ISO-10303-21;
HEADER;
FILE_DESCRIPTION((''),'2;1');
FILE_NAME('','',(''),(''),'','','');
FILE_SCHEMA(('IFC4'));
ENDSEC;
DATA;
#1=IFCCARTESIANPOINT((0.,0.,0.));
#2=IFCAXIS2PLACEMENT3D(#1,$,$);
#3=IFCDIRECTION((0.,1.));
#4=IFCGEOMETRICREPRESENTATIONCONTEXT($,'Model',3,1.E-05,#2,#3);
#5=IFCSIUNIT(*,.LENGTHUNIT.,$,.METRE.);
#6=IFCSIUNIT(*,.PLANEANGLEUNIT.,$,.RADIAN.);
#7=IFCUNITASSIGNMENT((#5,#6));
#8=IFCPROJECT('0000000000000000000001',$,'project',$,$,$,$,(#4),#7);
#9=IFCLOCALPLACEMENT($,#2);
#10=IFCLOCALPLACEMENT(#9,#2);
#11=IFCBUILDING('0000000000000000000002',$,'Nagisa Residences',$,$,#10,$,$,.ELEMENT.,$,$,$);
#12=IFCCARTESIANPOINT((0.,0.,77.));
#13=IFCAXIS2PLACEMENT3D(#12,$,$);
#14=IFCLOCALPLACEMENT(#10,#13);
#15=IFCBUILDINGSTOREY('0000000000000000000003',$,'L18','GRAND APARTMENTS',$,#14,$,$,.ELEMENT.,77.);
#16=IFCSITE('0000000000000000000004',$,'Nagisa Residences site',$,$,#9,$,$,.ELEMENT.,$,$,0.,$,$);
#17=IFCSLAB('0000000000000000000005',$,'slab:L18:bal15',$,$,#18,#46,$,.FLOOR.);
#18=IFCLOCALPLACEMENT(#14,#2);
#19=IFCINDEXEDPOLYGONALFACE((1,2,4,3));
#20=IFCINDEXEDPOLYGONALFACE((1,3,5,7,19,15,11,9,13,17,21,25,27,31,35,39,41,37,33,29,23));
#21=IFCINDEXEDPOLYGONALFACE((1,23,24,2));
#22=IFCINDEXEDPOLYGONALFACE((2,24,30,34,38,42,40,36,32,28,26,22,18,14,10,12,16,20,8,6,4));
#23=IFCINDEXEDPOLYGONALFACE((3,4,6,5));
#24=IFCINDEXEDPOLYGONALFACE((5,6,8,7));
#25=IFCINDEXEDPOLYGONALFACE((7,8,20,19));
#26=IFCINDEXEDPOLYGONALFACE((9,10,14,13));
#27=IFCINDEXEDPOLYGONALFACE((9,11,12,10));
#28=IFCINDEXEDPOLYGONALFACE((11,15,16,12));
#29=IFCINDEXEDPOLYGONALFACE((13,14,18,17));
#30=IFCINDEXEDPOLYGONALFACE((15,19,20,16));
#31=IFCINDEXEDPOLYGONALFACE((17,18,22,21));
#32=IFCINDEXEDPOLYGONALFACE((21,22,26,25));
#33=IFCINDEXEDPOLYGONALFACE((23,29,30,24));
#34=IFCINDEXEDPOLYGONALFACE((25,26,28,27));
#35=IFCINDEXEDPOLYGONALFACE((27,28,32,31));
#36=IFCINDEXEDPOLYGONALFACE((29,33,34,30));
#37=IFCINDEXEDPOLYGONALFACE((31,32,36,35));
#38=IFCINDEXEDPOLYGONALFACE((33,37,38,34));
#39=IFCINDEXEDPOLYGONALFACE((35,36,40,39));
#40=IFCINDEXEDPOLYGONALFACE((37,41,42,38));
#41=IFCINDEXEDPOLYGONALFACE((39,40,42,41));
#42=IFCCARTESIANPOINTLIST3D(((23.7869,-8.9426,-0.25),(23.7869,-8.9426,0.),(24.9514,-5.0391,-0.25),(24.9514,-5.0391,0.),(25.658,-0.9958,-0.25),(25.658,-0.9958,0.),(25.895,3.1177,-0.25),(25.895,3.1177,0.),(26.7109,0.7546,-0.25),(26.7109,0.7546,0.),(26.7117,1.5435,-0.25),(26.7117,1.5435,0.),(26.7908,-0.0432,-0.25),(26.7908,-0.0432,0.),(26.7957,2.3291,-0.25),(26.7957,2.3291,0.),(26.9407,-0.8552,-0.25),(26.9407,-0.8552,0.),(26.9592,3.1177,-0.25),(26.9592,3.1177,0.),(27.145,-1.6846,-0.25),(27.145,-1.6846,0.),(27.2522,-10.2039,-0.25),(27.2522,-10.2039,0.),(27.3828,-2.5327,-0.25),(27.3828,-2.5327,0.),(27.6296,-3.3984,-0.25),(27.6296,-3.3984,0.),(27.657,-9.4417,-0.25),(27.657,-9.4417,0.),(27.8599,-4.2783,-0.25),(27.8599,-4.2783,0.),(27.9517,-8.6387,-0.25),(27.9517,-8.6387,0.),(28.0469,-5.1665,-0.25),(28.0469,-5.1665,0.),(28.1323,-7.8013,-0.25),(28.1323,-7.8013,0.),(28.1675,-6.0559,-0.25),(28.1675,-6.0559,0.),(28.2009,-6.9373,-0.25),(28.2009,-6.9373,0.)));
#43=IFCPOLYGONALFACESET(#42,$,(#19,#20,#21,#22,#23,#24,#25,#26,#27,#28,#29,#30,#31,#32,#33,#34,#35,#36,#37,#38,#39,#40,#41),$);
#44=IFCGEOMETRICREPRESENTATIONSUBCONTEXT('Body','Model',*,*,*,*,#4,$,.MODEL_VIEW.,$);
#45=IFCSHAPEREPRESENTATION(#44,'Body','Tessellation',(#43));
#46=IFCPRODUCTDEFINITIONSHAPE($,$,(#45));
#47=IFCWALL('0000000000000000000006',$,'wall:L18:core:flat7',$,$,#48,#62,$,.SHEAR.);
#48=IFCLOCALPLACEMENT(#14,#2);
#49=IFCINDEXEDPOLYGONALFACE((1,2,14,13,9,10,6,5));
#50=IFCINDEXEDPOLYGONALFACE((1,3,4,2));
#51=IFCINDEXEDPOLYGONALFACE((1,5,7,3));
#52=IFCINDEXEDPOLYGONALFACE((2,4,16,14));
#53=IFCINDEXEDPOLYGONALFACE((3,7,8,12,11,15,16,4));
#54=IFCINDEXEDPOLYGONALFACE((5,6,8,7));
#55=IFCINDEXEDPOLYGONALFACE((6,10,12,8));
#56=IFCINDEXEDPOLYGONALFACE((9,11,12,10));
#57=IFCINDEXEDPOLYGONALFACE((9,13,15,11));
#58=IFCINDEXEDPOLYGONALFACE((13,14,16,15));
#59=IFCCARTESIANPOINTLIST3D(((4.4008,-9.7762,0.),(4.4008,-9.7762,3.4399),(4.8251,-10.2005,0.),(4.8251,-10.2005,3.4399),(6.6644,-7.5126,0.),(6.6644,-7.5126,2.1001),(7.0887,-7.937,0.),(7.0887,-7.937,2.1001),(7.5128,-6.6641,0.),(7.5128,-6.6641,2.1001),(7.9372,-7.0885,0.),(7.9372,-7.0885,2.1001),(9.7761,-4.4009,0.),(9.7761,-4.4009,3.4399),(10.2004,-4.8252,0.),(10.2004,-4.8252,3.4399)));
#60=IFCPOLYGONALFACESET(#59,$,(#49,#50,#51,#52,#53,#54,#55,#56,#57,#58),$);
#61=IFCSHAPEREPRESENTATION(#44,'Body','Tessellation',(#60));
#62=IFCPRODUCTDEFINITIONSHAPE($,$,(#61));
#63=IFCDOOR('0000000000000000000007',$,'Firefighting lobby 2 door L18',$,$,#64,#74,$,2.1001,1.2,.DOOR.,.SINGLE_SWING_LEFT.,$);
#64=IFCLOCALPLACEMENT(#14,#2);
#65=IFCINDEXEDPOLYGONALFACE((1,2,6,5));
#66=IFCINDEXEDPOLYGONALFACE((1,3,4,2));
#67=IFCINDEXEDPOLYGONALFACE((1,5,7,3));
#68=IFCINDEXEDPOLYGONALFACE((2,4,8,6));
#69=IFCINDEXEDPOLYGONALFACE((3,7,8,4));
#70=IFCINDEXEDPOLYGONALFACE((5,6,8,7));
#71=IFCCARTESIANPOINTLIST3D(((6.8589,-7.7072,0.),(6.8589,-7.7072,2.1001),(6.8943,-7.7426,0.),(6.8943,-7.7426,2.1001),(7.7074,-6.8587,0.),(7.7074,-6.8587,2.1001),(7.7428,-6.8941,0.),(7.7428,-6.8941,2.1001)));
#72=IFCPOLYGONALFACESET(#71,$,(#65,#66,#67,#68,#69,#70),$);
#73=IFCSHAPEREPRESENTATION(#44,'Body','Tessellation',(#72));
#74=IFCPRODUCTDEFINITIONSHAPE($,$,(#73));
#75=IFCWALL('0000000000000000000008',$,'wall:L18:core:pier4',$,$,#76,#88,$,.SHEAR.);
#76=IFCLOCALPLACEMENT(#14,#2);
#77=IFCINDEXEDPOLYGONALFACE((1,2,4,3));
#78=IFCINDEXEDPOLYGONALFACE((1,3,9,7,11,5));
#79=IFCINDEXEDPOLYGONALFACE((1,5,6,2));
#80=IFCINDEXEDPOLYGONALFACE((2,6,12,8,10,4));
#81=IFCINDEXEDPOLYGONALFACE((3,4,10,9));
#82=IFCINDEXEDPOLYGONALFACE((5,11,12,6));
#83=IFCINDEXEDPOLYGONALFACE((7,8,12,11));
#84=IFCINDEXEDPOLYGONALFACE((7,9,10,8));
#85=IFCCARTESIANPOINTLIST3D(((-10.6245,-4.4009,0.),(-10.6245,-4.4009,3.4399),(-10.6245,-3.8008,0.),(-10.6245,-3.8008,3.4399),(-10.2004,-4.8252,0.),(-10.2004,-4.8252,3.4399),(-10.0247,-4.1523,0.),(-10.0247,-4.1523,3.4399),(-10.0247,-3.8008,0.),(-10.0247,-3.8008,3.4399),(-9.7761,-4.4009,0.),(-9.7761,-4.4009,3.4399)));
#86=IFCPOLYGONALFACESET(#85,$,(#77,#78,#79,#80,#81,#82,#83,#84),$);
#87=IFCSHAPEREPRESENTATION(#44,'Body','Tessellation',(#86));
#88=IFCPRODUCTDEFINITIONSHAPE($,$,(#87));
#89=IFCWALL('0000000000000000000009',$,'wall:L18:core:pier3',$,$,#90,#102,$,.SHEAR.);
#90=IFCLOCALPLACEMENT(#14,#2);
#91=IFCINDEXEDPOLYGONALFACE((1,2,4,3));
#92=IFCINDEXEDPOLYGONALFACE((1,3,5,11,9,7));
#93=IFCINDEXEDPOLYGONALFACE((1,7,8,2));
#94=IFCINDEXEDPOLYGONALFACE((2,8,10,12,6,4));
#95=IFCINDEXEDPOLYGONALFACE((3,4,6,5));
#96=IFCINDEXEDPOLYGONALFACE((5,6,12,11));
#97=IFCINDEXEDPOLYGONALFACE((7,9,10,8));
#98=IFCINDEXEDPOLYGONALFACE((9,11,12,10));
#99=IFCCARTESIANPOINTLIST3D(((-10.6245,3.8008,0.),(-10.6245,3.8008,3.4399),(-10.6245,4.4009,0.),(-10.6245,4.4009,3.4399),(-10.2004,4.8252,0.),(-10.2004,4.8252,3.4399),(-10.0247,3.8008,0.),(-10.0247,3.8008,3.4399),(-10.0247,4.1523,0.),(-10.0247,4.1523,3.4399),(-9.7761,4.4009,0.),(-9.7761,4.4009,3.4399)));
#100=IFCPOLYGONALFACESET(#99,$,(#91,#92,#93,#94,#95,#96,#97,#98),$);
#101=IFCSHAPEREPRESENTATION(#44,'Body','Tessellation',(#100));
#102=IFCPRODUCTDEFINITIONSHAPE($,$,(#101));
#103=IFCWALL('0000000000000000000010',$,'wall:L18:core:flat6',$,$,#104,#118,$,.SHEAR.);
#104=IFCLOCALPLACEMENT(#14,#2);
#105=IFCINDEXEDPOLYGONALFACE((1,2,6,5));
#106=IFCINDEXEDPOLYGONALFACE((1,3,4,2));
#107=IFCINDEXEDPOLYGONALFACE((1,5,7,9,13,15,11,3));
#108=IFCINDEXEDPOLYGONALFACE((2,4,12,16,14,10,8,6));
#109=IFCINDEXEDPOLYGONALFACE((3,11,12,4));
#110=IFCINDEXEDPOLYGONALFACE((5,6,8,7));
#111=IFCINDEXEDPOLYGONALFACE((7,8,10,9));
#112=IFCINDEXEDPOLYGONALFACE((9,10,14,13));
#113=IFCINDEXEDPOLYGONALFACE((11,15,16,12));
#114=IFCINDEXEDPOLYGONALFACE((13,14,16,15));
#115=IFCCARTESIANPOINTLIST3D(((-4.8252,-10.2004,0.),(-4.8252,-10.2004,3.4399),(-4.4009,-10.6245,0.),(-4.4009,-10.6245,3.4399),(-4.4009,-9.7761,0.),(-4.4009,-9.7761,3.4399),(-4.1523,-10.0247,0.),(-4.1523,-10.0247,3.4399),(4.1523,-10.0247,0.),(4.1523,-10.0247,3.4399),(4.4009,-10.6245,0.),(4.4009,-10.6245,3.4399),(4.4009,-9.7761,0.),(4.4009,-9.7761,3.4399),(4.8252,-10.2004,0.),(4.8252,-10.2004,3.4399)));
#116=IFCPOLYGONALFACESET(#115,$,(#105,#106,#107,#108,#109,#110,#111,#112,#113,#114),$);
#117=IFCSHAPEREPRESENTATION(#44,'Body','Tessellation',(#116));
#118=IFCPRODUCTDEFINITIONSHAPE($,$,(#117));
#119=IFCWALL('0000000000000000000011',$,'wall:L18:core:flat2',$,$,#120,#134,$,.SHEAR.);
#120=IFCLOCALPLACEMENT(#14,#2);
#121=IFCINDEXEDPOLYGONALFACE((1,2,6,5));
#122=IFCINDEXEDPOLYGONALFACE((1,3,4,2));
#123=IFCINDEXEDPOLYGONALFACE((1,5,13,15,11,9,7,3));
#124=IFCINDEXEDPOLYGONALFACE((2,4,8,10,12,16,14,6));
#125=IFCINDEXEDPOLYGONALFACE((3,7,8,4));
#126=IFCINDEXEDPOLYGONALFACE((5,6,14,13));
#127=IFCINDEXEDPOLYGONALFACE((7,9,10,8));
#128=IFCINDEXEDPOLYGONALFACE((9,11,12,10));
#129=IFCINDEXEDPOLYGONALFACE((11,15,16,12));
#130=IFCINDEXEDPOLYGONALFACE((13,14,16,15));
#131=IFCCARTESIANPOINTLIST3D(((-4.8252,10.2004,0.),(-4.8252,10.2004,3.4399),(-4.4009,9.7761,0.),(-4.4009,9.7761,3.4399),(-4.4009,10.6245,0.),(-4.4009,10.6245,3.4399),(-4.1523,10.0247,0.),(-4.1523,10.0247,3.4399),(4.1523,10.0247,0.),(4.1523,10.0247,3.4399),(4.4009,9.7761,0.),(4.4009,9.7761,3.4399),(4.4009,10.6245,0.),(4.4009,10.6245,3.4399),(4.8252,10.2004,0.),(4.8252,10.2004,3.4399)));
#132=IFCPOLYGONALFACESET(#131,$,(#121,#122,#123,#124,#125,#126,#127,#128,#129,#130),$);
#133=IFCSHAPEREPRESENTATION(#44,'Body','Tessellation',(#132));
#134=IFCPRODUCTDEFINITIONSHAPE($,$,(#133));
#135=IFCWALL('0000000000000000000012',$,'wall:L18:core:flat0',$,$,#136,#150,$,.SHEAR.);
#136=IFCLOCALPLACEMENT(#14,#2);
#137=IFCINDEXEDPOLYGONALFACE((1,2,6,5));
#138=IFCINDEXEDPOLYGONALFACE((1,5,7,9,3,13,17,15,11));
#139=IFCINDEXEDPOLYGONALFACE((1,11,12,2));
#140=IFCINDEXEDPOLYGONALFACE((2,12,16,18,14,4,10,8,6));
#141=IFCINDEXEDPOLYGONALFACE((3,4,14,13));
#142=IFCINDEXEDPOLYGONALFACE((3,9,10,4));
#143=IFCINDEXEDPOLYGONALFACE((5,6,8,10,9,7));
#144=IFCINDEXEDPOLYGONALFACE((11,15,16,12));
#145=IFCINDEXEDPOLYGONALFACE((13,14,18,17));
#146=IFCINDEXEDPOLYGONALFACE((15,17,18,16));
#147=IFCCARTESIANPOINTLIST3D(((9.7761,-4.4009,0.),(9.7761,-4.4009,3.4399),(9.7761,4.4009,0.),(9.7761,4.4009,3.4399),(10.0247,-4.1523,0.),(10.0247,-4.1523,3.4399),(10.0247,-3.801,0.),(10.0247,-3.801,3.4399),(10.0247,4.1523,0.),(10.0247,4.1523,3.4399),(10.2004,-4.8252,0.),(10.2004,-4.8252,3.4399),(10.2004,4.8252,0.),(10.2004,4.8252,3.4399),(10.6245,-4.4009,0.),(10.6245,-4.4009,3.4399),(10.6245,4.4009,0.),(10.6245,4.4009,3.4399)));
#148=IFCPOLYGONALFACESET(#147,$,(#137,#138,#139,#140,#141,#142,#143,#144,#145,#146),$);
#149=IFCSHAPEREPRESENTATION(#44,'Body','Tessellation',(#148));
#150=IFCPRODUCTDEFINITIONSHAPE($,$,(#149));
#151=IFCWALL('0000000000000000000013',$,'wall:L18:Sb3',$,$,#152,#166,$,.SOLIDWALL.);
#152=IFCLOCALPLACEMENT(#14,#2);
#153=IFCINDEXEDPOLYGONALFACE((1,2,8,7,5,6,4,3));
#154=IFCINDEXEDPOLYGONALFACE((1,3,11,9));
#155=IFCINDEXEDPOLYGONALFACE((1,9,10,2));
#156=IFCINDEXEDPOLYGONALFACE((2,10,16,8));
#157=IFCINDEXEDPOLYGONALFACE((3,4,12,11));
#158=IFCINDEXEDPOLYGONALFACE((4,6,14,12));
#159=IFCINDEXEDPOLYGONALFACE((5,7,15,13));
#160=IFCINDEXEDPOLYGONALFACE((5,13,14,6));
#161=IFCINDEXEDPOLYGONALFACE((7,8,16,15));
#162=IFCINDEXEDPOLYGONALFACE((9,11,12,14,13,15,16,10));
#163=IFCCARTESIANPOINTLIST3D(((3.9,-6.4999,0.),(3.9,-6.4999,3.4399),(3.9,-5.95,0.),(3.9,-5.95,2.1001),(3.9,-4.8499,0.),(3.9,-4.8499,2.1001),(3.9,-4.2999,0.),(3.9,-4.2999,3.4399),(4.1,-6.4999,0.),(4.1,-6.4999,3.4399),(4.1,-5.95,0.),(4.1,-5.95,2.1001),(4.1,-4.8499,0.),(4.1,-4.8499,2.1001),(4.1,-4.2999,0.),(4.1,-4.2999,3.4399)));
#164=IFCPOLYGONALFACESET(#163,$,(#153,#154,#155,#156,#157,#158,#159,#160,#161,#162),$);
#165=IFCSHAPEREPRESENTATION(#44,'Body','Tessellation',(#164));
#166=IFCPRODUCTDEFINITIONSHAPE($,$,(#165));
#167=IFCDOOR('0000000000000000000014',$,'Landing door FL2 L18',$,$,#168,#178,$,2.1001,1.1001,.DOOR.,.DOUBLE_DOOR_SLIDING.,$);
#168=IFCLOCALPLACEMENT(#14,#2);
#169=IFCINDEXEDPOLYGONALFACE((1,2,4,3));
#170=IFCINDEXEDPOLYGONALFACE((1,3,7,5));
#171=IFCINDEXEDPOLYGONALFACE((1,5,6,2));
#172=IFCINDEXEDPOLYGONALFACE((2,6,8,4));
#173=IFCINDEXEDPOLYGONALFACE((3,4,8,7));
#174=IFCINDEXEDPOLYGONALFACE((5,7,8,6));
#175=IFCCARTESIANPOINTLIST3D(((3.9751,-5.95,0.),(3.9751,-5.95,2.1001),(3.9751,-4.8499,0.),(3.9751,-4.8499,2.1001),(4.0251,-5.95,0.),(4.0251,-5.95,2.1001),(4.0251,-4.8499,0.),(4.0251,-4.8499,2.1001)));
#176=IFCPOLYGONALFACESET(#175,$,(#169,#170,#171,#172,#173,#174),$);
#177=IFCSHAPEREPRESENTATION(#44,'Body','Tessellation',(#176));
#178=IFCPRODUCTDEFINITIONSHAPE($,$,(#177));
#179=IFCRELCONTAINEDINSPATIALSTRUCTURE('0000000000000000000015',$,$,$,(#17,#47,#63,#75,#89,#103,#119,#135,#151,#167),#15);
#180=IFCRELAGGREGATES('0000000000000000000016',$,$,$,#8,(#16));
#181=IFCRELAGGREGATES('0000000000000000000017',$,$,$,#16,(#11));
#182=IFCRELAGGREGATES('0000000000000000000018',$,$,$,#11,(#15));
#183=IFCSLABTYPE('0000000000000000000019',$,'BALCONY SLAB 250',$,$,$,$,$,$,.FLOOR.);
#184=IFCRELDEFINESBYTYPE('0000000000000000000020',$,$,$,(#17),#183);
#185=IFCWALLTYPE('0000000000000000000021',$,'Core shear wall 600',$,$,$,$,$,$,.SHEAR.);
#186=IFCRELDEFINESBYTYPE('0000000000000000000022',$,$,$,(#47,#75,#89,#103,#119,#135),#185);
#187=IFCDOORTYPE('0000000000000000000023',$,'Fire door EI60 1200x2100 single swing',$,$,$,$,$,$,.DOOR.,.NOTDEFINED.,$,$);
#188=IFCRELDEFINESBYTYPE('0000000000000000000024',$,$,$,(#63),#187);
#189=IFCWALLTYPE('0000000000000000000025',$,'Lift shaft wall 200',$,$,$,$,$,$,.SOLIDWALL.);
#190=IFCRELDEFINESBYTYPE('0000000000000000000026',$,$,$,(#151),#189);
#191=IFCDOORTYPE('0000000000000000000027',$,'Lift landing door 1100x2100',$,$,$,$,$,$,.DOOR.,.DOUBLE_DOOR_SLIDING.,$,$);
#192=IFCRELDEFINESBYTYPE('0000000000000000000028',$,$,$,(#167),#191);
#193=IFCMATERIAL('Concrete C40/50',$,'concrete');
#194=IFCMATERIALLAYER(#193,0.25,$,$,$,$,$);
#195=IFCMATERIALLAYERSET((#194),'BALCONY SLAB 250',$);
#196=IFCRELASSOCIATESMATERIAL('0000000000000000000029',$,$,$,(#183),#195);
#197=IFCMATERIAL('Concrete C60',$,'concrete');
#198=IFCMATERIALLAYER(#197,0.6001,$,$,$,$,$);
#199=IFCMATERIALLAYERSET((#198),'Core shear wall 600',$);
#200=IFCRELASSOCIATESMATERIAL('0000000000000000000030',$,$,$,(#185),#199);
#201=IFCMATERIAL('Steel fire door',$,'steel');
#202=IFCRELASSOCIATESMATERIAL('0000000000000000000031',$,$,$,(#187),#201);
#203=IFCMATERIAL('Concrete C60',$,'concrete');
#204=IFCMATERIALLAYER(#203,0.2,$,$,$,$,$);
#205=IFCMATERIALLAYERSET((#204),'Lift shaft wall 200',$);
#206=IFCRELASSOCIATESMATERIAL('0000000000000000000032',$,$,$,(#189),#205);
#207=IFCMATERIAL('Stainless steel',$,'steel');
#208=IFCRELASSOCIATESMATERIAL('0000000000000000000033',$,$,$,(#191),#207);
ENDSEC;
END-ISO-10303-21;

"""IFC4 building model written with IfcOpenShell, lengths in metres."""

from ifc_helpers import new_model, si_unit, direction, frame, frame_2d, origin, place, context, subcontext, project, spatial, polyline, rectangle, outline, extrude, material, layer, layer_set, type_object, element, fill, save


model = new_model("IFC4")

# Units and contexts
model_context = context("Model", 3, precision=1e-05, world=origin(), true_north=direction((0.0, 1.0)))
body_context = subcontext(model_context, "Body", "Model", "MODEL_VIEW")
ifc_project = project(units=[si_unit("LENGTHUNIT", "METRE"), si_unit("PLANEANGLEUNIT", "RADIAN")], contexts=[model_context])

# Site, building, storey
site_placement = place(None, origin())
site = spatial("IfcSite", under=ifc_project, at=site_placement, Name="Nagisa Residences site", CompositionType="ELEMENT", RefElevation=0.0)
building_placement = place(site_placement, origin())
building = spatial("IfcBuilding", under=site, at=building_placement, Name="Nagisa Residences", CompositionType="ELEMENT")
storey_placement = place(building_placement, frame((0.0, 0.0, 77.0)))
storey = spatial("IfcBuildingStorey", under=building, at=storey_placement, Name="L18", Description="GRAND APARTMENTS", CompositionType="ELEMENT", Elevation=77.0)

# Slab
ifc_material_1 = material(Name="Concrete C40/50", Category="concrete")
ifc_layer_1 = layer(ifc_material_1, 0.25)
ifc_layer_set_1 = layer_set([ifc_layer_1], Name="BALCONY SLAB 250")
slab_type = type_object("IfcSlabType", Name="BALCONY SLAB 250", PredefinedType="FLOOR", material=ifc_layer_set_1)
slab_1_placement = place(storey_placement, frame((0.0, 0.0, -0.25)))
element("IfcSlab", 1, at=slab_1_placement, inside=storey, type_object=slab_type, Name="slab:L18:bal15", PredefinedType="FLOOR", context=body_context, shape_type="SweptSolid", body=[
    extrude(outline(polyline([(27.2522, -10.2039), (27.657, -9.4417), (27.9517, -8.6387), (28.1323, -7.8013), (28.2009, -6.9373), (28.1675, -6.0559), (28.0469, -5.1665), (27.8599, -4.2783), (27.6296, -3.3984), (27.3828, -2.5327), (27.145, -1.6846), (26.9407, -0.8552), (26.7908, -0.0432), (26.7109, 0.7546), (26.7117, 1.5435), (26.7957, 2.3291), (26.9592, 3.1177), (25.895, 3.1177), (25.658, -0.9958), (24.9514, -5.0391), (23.7869, -8.9426), (27.2522, -10.2039)])), origin(), (0.0, 0.0, 1.0), 0.25),
])

# Wall, opening, door
ifc_material_2 = material(Name="Concrete C60", Category="concrete")
ifc_layer_2 = layer(ifc_material_2, 0.6001)
ifc_layer_set_2 = layer_set([ifc_layer_2], Name="Core shear wall 600")
wall_type_1 = type_object("IfcWallType", Name="Core shear wall 600", PredefinedType="SHEAR", material=ifc_layer_set_2)
wall_1_placement = place(storey_placement, frame((4.613, -9.9883, 0.0), z_axis=(0.0, 0.0, 1.0), x_axis=(0.707107, 0.707107, 0.0)))
wall_1 = element("IfcWall", 2, at=wall_1_placement, inside=storey, type_object=wall_type_1, Name="wall:L18:core:flat7", PredefinedType="SHEAR", context=body_context, shape_type="SweptSolid", body=[
    extrude(rectangle(XDim=7.6018, YDim=0.6001, at=frame_2d((3.8008, 0.0))), origin(), (0.0, 0.0, 1.0), 3.4399),
])
opening_1_placement = place(wall_1_placement, frame((3.2009, 0.0, 0.0)))
opening_1 = element("IfcOpeningElement", 3, at=opening_1_placement, cuts=wall_1, PredefinedType="OPENING", context=body_context, shape_type="SweptSolid", body=[
    extrude(rectangle(XDim=1.2, YDim=2.1001, at=frame_2d((0.6001, 1.05))), frame((0.0, 0.3101, 0.0), z_axis=(0.0, -1.0, 0.0), x_axis=(1.0, 0.0, 0.0)), (0.0, 0.0, 1.0), 0.6201),
])
ifc_material_3 = material(Name="Steel fire door", Category="steel")
door_type_1 = type_object("IfcDoorType", Name="Fire door EI60 1200x2100 single swing", OperationType="NOTDEFINED", PredefinedType="DOOR", material=ifc_material_3)
door_1_placement = place(opening_1_placement, origin())
door_1 = element("IfcDoor", 4, at=door_1_placement, inside=storey, type_object=door_type_1, Name="Firefighting lobby 2 door L18", OperationType="SINGLE_SWING_LEFT", OverallHeight=2.1001, OverallWidth=1.2, PredefinedType="DOOR", context=body_context, shape_type="SweptSolid", body=[
    extrude(rectangle(XDim=1.2, YDim=2.1001, at=frame_2d((0.6001, 1.05))), frame((0.0, 0.0249, 0.0), z_axis=(0.0, -1.0, 0.0), x_axis=(1.0, 0.0, 0.0)), (0.0, 0.0, 1.0), 0.05),
])
fill(opening_1, door_1)

# Walls
wall_2_placement = place(storey_placement, origin())
element("IfcWall", 5, at=wall_2_placement, inside=storey, type_object=wall_type_1, Name="wall:L18:core:pier4", PredefinedType="SHEAR", context=body_context, shape_type="SweptSolid", body=[
    extrude(outline(polyline([(-10.6245, -3.8008), (-10.0247, -3.8008), (-10.0247, -4.1523), (-9.7761, -4.4009), (-10.2004, -4.8252), (-10.6245, -4.4009), (-10.6245, -3.8008)])), origin(), (0.0, 0.0, 1.0), 3.4399),
])
wall_3_placement = place(storey_placement, origin())
element("IfcWall", 6, at=wall_3_placement, inside=storey, type_object=wall_type_1, Name="wall:L18:core:pier3", PredefinedType="SHEAR", context=body_context, shape_type="SweptSolid", body=[
    extrude(outline(polyline([(-10.2004, 4.8252), (-9.7761, 4.4009), (-10.0247, 4.1523), (-10.0247, 3.8008), (-10.6245, 3.8008), (-10.6245, 4.4009), (-10.2004, 4.8252)])), origin(), (0.0, 0.0, 1.0), 3.4399),
])
wall_4_placement = place(storey_placement, origin())
element("IfcWall", 7, at=wall_4_placement, inside=storey, type_object=wall_type_1, Name="wall:L18:core:flat6", PredefinedType="SHEAR", context=body_context, shape_type="SweptSolid", body=[
    extrude(outline(polyline([(-4.1523, -10.0247), (4.1523, -10.0247), (4.4009, -9.7761), (4.8252, -10.2004), (4.4009, -10.6245), (-4.4009, -10.6245), (-4.8252, -10.2004), (-4.4009, -9.7761), (-4.1523, -10.0247)])), origin(), (0.0, 0.0, 1.0), 3.4399),
])
wall_5_placement = place(storey_placement, origin())
element("IfcWall", 8, at=wall_5_placement, inside=storey, type_object=wall_type_1, Name="wall:L18:core:flat2", PredefinedType="SHEAR", context=body_context, shape_type="SweptSolid", body=[
    extrude(outline(polyline([(-4.1523, 10.0247), (-4.4009, 9.7761), (-4.8252, 10.2004), (-4.4009, 10.6245), (4.4009, 10.6245), (4.8252, 10.2004), (4.4009, 9.7761), (4.1523, 10.0247), (-4.1523, 10.0247)])), origin(), (0.0, 0.0, 1.0), 3.4399),
])
wall_6_placement = place(storey_placement, origin())
element("IfcWall", 9, at=wall_6_placement, inside=storey, type_object=wall_type_1, Name="wall:L18:core:flat0", PredefinedType="SHEAR", context=body_context, shape_type="SweptSolid", body=[
    extrude(outline(polyline([(9.7761, -4.4009), (10.0247, -4.1523), (10.0247, -3.801), (10.0247, 4.1523), (9.7761, 4.4009), (10.2004, 4.8252), (10.6245, 4.4009), (10.6245, -4.4009), (10.2004, -4.8252), (9.7761, -4.4009)])), origin(), (0.0, 0.0, 1.0), 3.4399),
])

# Wall, opening, door
ifc_material_4 = material(Name="Concrete C60", Category="concrete")
ifc_layer_3 = layer(ifc_material_4, 0.2)
ifc_layer_set_3 = layer_set([ifc_layer_3], Name="Lift shaft wall 200")
wall_type_2 = type_object("IfcWallType", Name="Lift shaft wall 200", PredefinedType="SOLIDWALL", material=ifc_layer_set_3)
wall_7_placement = place(storey_placement, frame((4.0, -6.5, 0.0), z_axis=(0.0, 0.0, 1.0), x_axis=(0.0, 1.0, 0.0)))
wall_7 = element("IfcWall", 10, at=wall_7_placement, inside=storey, type_object=wall_type_2, Name="wall:L18:Sb3", PredefinedType="SOLIDWALL", context=body_context, shape_type="SweptSolid", body=[
    extrude(rectangle(XDim=2.2, YDim=0.2, at=frame_2d((1.1001, 0.0))), origin(), (0.0, 0.0, 1.0), 3.4399),
])
opening_2_placement = place(wall_7_placement, frame((0.55, 0.0, 0.0)))
opening_2 = element("IfcOpeningElement", 11, at=opening_2_placement, cuts=wall_7, PredefinedType="OPENING", context=body_context, shape_type="SweptSolid", body=[
    extrude(rectangle(XDim=1.1001, YDim=2.1001, at=frame_2d((0.55, 1.05))), frame((0.0, 0.1099, 0.0), z_axis=(0.0, -1.0, 0.0), x_axis=(1.0, 0.0, 0.0)), (0.0, 0.0, 1.0), 0.22),
])
ifc_material_5 = material(Name="Stainless steel", Category="steel")
door_type_2 = type_object("IfcDoorType", Name="Lift landing door 1100x2100", OperationType="DOUBLE_DOOR_SLIDING", PredefinedType="DOOR", material=ifc_material_5)
door_2_placement = place(opening_2_placement, origin())
door_2 = element("IfcDoor", 12, at=door_2_placement, inside=storey, type_object=door_type_2, Name="Landing door FL2 L18", OperationType="DOUBLE_DOOR_SLIDING", OverallHeight=2.1001, OverallWidth=1.1001, PredefinedType="DOOR", context=body_context, shape_type="SweptSolid", body=[
    extrude(rectangle(XDim=1.1001, YDim=2.1001, at=frame_2d((0.55, 1.05))), frame((0.0, 0.0249, 0.0), z_axis=(0.0, -1.0, 0.0), x_axis=(1.0, 0.0, 0.0)), (0.0, 0.0, 1.0), 0.05),
])
fill(opening_2, door_2)

save(model, "model.ifc")
